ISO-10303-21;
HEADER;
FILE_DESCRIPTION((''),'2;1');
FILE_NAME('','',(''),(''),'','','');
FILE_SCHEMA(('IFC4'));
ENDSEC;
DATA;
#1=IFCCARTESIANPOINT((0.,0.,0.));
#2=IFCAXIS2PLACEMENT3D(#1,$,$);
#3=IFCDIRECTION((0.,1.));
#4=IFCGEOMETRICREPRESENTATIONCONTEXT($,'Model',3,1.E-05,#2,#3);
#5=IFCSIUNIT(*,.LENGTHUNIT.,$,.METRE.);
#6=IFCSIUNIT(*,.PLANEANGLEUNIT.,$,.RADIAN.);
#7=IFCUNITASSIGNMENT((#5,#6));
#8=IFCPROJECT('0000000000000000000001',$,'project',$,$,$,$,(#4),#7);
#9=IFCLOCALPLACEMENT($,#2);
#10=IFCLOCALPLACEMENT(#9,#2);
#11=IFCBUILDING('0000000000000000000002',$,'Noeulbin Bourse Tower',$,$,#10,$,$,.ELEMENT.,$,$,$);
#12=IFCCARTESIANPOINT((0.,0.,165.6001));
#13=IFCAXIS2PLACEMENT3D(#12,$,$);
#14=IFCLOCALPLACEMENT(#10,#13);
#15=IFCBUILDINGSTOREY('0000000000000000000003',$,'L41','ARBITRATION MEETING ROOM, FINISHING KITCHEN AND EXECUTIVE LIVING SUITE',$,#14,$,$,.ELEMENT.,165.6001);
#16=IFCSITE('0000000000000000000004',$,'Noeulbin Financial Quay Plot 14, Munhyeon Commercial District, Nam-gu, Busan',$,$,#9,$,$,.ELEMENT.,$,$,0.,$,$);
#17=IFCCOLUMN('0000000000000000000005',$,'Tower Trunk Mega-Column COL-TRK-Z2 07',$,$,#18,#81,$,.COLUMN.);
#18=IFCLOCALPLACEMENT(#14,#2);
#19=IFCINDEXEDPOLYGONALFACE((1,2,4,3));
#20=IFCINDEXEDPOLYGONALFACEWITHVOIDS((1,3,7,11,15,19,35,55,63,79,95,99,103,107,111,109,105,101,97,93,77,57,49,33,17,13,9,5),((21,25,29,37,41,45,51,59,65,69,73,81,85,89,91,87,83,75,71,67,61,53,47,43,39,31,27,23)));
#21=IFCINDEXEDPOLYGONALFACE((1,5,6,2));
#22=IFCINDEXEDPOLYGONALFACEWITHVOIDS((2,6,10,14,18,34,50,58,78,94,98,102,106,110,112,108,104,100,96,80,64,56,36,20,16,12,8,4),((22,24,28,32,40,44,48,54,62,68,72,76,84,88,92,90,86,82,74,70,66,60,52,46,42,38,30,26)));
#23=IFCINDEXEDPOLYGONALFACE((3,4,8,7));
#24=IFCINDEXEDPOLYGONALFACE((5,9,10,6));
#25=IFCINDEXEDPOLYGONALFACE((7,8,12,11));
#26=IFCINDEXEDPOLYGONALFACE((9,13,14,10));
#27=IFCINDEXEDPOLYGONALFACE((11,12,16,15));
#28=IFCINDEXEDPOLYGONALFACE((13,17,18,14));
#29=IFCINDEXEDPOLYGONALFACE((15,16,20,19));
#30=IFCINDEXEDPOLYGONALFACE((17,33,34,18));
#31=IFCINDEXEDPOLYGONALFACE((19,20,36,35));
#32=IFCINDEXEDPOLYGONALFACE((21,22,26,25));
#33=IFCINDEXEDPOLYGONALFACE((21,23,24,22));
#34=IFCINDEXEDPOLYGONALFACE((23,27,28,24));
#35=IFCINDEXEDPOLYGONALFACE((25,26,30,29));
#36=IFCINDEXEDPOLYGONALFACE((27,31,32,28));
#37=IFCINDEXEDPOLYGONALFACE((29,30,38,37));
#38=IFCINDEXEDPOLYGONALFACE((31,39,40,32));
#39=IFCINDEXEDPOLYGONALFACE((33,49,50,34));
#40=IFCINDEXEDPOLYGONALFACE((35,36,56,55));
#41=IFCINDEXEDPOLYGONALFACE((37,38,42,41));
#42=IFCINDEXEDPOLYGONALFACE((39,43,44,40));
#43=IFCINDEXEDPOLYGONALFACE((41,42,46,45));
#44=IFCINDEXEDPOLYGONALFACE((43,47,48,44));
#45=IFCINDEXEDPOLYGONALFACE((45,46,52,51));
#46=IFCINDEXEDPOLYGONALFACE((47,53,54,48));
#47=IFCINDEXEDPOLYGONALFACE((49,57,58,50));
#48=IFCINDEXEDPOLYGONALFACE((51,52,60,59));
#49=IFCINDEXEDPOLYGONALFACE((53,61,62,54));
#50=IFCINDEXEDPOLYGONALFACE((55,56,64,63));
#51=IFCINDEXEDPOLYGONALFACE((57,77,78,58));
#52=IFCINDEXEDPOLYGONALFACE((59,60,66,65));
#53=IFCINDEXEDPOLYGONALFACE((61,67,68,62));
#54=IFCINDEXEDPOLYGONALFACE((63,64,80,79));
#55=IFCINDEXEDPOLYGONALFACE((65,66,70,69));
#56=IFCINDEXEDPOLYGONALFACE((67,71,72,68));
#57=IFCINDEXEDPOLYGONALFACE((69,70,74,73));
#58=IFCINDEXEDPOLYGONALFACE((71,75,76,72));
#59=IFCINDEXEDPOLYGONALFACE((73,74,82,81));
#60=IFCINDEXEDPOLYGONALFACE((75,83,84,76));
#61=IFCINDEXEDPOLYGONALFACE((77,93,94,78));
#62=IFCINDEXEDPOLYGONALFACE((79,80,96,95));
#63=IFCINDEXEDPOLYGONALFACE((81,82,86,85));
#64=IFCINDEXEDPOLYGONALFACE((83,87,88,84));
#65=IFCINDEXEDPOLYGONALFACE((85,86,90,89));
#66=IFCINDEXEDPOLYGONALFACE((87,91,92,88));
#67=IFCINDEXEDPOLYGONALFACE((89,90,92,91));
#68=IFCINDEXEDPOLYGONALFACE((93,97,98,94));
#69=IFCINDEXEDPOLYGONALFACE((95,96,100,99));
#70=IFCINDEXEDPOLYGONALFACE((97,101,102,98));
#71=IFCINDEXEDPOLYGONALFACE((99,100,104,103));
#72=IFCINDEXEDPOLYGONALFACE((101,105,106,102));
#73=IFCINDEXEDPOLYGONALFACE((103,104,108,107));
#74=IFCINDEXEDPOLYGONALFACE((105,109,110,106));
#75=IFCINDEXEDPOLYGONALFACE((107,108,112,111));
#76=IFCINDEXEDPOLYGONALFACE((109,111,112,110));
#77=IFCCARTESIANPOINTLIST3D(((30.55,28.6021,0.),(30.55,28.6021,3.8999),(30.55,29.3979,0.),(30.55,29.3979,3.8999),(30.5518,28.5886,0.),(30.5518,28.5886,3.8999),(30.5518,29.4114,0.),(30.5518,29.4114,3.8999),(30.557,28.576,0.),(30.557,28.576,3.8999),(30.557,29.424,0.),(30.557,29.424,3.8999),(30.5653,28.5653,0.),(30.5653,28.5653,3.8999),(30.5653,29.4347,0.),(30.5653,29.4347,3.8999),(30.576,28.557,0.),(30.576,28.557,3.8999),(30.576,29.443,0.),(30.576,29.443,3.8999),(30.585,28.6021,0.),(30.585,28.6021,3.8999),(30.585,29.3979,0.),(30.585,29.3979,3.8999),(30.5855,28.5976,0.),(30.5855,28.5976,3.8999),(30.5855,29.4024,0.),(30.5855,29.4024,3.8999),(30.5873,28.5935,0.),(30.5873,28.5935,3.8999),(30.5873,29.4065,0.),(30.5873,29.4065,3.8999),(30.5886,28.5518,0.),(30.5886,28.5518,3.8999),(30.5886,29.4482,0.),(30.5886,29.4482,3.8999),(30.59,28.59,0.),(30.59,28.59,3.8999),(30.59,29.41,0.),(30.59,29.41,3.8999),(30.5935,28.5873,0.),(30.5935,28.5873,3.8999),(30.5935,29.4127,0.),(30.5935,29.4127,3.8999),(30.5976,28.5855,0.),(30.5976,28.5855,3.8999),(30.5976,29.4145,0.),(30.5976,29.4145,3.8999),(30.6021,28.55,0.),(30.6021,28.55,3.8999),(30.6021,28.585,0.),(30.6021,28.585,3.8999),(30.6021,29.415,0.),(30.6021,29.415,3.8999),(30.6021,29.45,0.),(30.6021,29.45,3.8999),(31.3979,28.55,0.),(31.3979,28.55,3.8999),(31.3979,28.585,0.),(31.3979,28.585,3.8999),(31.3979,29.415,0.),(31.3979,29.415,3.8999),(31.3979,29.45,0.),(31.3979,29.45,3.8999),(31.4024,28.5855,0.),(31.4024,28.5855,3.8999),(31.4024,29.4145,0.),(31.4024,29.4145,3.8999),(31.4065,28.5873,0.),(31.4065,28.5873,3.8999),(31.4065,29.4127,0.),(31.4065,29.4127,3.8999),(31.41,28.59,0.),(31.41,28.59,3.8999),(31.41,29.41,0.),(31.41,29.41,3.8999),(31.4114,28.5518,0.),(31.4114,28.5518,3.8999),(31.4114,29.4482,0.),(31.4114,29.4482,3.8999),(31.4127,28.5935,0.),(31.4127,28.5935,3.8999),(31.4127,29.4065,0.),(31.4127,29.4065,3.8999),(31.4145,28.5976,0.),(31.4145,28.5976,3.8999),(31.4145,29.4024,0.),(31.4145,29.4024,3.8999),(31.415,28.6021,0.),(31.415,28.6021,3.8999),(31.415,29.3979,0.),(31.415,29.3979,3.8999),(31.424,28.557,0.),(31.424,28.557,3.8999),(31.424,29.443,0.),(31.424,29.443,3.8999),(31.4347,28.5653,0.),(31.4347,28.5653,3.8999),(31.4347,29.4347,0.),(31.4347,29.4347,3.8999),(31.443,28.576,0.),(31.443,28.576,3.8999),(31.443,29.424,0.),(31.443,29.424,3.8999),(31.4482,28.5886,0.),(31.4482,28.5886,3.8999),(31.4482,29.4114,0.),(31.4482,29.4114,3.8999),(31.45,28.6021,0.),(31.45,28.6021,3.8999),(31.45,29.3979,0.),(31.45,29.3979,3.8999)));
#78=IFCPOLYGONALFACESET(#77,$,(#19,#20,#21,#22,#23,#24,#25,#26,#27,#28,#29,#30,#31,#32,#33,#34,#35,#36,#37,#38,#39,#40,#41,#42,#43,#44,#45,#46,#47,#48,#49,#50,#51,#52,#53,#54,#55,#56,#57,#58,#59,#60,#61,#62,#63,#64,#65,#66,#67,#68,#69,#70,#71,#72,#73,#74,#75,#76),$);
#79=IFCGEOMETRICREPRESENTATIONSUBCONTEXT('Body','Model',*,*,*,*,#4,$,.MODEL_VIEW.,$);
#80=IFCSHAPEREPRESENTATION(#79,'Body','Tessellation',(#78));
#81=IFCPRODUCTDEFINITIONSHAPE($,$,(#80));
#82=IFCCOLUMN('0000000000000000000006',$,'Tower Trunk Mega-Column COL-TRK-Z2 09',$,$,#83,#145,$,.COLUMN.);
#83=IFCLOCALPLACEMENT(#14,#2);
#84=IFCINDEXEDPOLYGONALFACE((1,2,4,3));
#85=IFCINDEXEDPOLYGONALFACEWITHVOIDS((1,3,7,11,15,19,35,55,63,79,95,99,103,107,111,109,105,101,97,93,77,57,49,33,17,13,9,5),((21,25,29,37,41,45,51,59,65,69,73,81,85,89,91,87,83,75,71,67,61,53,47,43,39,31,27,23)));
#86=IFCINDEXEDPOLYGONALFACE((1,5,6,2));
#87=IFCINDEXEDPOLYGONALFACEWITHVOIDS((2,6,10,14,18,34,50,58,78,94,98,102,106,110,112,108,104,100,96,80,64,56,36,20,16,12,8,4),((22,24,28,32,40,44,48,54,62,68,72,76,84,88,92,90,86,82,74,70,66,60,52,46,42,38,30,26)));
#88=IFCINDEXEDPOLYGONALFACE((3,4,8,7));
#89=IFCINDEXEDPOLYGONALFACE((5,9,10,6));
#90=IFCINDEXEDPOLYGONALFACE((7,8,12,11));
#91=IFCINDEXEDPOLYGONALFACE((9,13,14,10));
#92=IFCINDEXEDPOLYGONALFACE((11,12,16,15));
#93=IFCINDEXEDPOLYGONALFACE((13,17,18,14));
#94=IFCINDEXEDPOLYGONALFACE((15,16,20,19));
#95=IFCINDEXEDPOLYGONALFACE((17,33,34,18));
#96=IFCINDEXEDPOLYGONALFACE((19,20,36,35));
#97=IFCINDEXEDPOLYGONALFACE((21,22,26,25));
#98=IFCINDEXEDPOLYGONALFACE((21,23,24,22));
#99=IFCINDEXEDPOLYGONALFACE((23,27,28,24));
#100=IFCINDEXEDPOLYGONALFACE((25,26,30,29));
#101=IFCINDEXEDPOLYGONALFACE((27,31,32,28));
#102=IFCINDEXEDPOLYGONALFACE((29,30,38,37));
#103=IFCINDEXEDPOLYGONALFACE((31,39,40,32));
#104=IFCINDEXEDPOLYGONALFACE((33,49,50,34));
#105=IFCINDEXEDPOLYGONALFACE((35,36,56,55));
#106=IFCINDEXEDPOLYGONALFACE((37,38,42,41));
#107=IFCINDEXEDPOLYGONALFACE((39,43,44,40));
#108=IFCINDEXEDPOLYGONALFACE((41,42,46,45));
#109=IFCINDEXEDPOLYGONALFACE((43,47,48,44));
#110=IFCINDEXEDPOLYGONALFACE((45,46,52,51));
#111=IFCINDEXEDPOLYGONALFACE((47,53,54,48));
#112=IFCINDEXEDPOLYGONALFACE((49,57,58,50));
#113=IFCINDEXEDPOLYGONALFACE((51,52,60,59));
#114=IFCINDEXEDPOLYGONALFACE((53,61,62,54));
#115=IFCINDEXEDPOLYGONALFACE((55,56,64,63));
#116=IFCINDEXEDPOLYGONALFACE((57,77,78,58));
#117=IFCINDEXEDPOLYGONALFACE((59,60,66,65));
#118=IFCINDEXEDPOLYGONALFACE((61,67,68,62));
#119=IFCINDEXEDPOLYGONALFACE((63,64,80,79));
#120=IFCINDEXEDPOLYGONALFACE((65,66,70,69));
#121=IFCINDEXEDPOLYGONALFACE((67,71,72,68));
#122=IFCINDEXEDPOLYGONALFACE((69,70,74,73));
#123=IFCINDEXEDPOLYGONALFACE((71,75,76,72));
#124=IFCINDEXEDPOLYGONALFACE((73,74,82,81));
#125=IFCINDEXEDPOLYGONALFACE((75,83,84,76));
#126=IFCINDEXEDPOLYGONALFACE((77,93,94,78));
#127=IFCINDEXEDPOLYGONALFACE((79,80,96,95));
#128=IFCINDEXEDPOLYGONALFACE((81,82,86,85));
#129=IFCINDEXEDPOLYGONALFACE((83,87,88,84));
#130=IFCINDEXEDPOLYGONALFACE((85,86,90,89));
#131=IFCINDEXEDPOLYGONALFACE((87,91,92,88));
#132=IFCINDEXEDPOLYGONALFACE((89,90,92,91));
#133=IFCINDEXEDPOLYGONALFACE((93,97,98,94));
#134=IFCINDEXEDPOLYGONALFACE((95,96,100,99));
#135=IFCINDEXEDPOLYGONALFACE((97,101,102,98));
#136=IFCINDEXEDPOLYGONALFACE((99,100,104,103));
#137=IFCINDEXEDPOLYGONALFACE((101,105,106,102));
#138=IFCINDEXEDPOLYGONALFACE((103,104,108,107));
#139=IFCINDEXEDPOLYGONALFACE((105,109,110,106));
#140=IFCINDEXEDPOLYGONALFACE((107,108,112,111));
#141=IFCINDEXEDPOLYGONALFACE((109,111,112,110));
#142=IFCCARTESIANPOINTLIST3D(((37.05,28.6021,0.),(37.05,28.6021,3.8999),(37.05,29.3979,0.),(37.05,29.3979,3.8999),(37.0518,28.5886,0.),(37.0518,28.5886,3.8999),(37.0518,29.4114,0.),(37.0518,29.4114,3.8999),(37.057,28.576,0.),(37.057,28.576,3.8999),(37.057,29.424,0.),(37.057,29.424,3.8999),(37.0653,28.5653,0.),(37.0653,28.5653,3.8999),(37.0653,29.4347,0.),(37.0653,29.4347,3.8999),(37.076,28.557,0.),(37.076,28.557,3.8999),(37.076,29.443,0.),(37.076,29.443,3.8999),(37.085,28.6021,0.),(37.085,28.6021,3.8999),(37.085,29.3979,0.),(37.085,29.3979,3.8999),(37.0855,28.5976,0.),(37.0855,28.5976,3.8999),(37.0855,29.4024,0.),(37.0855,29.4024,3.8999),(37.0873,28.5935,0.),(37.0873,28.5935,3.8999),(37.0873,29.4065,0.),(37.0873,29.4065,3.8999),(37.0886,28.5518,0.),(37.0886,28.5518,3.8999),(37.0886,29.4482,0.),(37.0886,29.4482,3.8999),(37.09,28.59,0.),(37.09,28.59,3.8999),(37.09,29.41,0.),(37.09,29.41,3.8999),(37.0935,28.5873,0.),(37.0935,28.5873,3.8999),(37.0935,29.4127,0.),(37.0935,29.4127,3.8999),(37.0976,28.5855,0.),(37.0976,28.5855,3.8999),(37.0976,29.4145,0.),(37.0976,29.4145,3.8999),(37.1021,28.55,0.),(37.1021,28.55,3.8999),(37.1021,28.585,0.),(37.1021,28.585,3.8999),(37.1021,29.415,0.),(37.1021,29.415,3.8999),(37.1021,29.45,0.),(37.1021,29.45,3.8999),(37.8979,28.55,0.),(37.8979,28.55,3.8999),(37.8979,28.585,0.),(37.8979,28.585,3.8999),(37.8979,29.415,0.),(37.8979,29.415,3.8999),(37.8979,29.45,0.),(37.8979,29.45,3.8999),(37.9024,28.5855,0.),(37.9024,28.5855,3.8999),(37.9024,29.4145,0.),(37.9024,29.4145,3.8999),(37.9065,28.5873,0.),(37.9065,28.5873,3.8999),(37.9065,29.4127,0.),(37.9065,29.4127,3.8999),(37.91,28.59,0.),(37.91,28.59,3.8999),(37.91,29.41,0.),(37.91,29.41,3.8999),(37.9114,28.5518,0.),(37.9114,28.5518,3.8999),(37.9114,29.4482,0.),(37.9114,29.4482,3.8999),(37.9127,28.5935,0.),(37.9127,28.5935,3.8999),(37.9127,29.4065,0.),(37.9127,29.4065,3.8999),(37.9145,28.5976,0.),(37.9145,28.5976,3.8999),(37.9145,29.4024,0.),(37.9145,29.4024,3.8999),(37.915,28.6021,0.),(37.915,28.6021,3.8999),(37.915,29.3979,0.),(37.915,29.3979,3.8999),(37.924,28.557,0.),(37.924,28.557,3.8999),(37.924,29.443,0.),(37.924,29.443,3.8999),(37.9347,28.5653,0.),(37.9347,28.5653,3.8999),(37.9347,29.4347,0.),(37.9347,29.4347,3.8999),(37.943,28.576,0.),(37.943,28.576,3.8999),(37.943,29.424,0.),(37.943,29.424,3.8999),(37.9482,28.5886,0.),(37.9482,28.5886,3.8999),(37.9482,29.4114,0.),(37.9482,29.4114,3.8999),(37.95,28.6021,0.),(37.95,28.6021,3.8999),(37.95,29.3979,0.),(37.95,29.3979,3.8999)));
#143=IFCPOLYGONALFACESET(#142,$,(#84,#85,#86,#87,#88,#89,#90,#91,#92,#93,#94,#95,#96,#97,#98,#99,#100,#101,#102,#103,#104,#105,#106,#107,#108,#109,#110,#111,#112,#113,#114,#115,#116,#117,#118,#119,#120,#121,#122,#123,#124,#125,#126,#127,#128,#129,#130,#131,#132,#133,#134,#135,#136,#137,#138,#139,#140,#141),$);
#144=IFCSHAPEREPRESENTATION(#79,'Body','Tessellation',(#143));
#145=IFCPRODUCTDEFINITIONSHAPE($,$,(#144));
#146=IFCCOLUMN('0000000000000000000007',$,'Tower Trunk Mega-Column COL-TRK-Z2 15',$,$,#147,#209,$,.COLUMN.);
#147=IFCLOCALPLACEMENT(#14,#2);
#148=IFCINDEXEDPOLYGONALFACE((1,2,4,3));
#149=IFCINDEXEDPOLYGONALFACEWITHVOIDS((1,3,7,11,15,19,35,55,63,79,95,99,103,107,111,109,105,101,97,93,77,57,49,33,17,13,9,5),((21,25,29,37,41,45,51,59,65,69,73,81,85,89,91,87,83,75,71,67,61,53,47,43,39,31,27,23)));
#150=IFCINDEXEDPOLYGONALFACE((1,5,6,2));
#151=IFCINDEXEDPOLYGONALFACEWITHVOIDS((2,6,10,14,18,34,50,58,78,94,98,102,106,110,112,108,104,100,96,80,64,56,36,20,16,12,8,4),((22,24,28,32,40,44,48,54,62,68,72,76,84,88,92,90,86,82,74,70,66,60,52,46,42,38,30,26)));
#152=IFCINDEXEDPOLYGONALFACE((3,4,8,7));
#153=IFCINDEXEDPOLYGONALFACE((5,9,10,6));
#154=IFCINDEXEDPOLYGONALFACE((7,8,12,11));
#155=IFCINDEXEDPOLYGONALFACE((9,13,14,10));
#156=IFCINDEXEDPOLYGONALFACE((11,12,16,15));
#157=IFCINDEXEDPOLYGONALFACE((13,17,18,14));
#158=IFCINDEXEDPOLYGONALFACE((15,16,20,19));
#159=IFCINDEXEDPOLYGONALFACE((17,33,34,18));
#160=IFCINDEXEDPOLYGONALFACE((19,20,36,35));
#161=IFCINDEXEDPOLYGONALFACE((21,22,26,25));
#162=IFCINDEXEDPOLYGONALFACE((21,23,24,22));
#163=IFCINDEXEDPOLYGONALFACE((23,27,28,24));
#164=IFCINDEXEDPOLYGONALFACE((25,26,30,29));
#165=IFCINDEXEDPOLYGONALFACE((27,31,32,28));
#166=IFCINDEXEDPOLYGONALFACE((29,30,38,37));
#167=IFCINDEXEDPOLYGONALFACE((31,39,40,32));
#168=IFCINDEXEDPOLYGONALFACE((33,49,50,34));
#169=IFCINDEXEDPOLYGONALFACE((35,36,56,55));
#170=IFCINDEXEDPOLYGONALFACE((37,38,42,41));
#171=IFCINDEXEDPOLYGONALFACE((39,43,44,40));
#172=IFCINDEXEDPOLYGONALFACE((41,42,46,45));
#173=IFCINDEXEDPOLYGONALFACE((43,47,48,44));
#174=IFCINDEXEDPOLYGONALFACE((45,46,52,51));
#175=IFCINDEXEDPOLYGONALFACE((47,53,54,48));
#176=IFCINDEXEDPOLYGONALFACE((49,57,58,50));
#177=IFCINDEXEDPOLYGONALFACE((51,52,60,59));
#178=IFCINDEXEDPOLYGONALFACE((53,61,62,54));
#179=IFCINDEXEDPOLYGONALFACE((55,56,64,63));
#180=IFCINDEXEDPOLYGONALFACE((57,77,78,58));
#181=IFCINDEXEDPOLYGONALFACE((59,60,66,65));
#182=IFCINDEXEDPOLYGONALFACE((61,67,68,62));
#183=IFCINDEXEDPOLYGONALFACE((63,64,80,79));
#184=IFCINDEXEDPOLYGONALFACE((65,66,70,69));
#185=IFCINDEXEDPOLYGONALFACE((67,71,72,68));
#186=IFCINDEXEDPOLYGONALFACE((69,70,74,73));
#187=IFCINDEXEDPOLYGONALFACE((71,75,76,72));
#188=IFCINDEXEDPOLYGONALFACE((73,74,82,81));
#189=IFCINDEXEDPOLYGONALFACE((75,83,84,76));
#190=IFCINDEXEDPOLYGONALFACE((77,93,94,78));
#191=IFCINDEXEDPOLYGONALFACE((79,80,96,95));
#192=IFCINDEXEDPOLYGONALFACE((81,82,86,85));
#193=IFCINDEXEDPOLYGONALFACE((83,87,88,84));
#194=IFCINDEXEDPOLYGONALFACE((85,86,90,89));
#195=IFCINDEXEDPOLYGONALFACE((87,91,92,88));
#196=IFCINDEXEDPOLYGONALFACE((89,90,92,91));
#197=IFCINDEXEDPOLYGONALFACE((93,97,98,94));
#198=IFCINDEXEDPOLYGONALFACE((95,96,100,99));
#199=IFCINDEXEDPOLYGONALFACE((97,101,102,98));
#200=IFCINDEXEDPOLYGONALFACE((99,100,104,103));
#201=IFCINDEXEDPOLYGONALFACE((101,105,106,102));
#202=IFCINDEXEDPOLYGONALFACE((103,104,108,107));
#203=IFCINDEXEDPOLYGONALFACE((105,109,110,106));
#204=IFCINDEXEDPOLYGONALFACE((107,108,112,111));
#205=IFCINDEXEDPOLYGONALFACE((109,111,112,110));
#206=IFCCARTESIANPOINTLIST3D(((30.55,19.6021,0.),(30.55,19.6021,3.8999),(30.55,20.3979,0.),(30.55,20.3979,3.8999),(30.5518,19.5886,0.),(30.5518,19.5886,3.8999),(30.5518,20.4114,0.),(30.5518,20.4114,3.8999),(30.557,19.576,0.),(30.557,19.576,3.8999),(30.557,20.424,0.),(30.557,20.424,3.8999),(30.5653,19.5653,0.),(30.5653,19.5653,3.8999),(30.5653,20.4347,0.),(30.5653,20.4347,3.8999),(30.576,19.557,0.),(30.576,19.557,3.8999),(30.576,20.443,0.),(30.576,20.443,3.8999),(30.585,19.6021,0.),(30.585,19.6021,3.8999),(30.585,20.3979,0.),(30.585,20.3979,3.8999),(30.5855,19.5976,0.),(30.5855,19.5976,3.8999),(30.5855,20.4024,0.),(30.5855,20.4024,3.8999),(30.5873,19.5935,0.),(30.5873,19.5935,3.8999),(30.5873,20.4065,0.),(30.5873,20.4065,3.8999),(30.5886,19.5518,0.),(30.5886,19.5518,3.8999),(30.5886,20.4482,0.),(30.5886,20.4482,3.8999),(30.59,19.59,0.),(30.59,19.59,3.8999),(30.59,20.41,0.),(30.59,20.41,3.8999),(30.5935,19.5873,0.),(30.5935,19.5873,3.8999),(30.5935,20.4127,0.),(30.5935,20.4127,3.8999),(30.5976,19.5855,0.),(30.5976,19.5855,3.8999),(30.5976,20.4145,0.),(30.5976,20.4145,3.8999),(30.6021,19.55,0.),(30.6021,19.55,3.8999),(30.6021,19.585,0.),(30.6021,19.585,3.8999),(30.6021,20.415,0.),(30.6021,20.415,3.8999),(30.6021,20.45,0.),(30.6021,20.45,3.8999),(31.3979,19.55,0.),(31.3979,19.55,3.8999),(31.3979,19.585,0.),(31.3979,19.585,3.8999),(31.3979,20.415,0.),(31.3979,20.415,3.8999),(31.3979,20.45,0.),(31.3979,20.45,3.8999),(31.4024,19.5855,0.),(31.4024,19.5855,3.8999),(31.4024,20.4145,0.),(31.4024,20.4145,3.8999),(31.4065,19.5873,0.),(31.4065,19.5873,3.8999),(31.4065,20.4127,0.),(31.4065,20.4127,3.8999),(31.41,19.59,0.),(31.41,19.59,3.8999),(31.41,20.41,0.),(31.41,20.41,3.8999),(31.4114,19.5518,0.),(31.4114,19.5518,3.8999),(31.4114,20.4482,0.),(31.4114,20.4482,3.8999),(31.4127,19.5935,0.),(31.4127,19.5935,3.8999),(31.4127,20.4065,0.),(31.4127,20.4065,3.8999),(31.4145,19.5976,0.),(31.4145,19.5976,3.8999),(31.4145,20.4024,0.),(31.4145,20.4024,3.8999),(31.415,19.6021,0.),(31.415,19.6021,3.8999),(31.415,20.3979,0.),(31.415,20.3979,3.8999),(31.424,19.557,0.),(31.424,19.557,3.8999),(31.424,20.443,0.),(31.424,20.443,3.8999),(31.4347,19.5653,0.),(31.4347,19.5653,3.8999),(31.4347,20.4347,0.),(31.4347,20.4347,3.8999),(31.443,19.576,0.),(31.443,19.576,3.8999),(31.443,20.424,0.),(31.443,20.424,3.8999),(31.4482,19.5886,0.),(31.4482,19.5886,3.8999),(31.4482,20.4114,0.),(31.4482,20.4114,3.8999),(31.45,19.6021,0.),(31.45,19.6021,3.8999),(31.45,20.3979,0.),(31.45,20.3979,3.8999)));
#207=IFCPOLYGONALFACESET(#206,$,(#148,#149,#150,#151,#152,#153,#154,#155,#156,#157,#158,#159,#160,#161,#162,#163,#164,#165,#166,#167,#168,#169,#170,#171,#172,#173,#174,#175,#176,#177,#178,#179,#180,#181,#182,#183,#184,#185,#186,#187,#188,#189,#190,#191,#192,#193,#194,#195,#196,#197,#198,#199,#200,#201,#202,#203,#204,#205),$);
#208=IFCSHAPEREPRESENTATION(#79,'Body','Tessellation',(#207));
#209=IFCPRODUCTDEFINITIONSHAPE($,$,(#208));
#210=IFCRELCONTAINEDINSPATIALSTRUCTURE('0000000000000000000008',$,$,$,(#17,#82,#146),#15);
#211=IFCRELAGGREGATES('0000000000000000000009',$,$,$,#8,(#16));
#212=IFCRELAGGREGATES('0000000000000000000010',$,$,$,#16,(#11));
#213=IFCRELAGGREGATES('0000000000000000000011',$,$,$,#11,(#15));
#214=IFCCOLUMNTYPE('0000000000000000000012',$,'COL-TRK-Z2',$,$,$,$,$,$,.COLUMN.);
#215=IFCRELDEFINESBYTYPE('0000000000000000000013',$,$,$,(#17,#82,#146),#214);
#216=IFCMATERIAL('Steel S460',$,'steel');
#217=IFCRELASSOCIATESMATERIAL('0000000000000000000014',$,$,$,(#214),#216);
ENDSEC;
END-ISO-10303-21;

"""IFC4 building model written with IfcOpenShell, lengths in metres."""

from ifc_helpers import new_model, si_unit, direction, frame, origin, origin_2d, place, context, subcontext, project, spatial, hollow_rectangle, extrude, material, material_profile, profile_set, type_object, element, save


model = new_model("IFC4")

# Units and contexts
model_context = context("Model", 3, precision=1e-05, world=origin(), true_north=direction((0.0, 1.0)))
body_context = subcontext(model_context, "Body", "Model", "MODEL_VIEW")
ifc_project = project(units=[si_unit("LENGTHUNIT", "METRE"), si_unit("PLANEANGLEUNIT", "RADIAN")], contexts=[model_context])

# Site, building, storey
site_placement = place(None, origin())
site = spatial("IfcSite", under=ifc_project, at=site_placement, Name="Noeulbin Financial Quay Plot 14, Munhyeon Commercial District, Nam-gu, Busan", CompositionType="ELEMENT", RefElevation=0.0)
building_placement = place(site_placement, origin())
building = spatial("IfcBuilding", under=site, at=building_placement, Name="Noeulbin Bourse Tower", CompositionType="ELEMENT")
storey_placement = place(building_placement, frame((0.0, 0.0, 165.6001)))
storey = spatial("IfcBuildingStorey", under=building, at=storey_placement, Name="L41", Description="ARBITRATION MEETING ROOM, FINISHING KITCHEN AND EXECUTIVE LIVING SUITE", CompositionType="ELEMENT", Elevation=165.6001)

# Columns
ifc_material_1 = material(Name="Steel S460", Category="steel")
ifc_material_profile_1 = material_profile(ifc_material_1, hollow_rectangle(XDim=0.8999, YDim=0.8999, WallThickness=0.0349, InnerFilletRadius=0.0171, OuterFilletRadius=0.052, at=origin_2d()), Name="BOX-900x900x35", Category="LoadBearing")
ifc_profile_set_1 = profile_set([ifc_material_profile_1], Name="Steel S460")
column_type = type_object("IfcColumnType", Name="COL-TRK-Z2", PredefinedType="COLUMN", material=ifc_profile_set_1)
for number, where, z_axis, x_axis, name in (
    (1, (31.0, 29.0, 0.0), (0.0, 0.0, 1.0), (1.0, 0.0, 0.0), "Tower Trunk Mega-Column COL-TRK-Z2 07"),
    (2, (37.5, 29.0, 0.0), (0.0, 0.0, 1.0), (1.0, 0.0, 0.0), "Tower Trunk Mega-Column COL-TRK-Z2 09"),
    (3, (31.0, 20.0, 0.0), (0.0, 0.0, 1.0), (1.0, 0.0, 0.0), "Tower Trunk Mega-Column COL-TRK-Z2 15"),
):
    element("IfcColumn", number, at=place(storey_placement, frame(where, z_axis=z_axis, x_axis=x_axis)), inside=storey, type_object=column_type, Name=name, PredefinedType="COLUMN", context=body_context, shape_type="SweptSolid", body=[
        extrude(hollow_rectangle(XDim=0.8999, YDim=0.8999, WallThickness=0.0349, InnerFilletRadius=0.0171, OuterFilletRadius=0.052, at=origin_2d()), origin(), (0.0, 0.0, 1.0), 3.8999),
    ])

save(model, "model.ifc")
